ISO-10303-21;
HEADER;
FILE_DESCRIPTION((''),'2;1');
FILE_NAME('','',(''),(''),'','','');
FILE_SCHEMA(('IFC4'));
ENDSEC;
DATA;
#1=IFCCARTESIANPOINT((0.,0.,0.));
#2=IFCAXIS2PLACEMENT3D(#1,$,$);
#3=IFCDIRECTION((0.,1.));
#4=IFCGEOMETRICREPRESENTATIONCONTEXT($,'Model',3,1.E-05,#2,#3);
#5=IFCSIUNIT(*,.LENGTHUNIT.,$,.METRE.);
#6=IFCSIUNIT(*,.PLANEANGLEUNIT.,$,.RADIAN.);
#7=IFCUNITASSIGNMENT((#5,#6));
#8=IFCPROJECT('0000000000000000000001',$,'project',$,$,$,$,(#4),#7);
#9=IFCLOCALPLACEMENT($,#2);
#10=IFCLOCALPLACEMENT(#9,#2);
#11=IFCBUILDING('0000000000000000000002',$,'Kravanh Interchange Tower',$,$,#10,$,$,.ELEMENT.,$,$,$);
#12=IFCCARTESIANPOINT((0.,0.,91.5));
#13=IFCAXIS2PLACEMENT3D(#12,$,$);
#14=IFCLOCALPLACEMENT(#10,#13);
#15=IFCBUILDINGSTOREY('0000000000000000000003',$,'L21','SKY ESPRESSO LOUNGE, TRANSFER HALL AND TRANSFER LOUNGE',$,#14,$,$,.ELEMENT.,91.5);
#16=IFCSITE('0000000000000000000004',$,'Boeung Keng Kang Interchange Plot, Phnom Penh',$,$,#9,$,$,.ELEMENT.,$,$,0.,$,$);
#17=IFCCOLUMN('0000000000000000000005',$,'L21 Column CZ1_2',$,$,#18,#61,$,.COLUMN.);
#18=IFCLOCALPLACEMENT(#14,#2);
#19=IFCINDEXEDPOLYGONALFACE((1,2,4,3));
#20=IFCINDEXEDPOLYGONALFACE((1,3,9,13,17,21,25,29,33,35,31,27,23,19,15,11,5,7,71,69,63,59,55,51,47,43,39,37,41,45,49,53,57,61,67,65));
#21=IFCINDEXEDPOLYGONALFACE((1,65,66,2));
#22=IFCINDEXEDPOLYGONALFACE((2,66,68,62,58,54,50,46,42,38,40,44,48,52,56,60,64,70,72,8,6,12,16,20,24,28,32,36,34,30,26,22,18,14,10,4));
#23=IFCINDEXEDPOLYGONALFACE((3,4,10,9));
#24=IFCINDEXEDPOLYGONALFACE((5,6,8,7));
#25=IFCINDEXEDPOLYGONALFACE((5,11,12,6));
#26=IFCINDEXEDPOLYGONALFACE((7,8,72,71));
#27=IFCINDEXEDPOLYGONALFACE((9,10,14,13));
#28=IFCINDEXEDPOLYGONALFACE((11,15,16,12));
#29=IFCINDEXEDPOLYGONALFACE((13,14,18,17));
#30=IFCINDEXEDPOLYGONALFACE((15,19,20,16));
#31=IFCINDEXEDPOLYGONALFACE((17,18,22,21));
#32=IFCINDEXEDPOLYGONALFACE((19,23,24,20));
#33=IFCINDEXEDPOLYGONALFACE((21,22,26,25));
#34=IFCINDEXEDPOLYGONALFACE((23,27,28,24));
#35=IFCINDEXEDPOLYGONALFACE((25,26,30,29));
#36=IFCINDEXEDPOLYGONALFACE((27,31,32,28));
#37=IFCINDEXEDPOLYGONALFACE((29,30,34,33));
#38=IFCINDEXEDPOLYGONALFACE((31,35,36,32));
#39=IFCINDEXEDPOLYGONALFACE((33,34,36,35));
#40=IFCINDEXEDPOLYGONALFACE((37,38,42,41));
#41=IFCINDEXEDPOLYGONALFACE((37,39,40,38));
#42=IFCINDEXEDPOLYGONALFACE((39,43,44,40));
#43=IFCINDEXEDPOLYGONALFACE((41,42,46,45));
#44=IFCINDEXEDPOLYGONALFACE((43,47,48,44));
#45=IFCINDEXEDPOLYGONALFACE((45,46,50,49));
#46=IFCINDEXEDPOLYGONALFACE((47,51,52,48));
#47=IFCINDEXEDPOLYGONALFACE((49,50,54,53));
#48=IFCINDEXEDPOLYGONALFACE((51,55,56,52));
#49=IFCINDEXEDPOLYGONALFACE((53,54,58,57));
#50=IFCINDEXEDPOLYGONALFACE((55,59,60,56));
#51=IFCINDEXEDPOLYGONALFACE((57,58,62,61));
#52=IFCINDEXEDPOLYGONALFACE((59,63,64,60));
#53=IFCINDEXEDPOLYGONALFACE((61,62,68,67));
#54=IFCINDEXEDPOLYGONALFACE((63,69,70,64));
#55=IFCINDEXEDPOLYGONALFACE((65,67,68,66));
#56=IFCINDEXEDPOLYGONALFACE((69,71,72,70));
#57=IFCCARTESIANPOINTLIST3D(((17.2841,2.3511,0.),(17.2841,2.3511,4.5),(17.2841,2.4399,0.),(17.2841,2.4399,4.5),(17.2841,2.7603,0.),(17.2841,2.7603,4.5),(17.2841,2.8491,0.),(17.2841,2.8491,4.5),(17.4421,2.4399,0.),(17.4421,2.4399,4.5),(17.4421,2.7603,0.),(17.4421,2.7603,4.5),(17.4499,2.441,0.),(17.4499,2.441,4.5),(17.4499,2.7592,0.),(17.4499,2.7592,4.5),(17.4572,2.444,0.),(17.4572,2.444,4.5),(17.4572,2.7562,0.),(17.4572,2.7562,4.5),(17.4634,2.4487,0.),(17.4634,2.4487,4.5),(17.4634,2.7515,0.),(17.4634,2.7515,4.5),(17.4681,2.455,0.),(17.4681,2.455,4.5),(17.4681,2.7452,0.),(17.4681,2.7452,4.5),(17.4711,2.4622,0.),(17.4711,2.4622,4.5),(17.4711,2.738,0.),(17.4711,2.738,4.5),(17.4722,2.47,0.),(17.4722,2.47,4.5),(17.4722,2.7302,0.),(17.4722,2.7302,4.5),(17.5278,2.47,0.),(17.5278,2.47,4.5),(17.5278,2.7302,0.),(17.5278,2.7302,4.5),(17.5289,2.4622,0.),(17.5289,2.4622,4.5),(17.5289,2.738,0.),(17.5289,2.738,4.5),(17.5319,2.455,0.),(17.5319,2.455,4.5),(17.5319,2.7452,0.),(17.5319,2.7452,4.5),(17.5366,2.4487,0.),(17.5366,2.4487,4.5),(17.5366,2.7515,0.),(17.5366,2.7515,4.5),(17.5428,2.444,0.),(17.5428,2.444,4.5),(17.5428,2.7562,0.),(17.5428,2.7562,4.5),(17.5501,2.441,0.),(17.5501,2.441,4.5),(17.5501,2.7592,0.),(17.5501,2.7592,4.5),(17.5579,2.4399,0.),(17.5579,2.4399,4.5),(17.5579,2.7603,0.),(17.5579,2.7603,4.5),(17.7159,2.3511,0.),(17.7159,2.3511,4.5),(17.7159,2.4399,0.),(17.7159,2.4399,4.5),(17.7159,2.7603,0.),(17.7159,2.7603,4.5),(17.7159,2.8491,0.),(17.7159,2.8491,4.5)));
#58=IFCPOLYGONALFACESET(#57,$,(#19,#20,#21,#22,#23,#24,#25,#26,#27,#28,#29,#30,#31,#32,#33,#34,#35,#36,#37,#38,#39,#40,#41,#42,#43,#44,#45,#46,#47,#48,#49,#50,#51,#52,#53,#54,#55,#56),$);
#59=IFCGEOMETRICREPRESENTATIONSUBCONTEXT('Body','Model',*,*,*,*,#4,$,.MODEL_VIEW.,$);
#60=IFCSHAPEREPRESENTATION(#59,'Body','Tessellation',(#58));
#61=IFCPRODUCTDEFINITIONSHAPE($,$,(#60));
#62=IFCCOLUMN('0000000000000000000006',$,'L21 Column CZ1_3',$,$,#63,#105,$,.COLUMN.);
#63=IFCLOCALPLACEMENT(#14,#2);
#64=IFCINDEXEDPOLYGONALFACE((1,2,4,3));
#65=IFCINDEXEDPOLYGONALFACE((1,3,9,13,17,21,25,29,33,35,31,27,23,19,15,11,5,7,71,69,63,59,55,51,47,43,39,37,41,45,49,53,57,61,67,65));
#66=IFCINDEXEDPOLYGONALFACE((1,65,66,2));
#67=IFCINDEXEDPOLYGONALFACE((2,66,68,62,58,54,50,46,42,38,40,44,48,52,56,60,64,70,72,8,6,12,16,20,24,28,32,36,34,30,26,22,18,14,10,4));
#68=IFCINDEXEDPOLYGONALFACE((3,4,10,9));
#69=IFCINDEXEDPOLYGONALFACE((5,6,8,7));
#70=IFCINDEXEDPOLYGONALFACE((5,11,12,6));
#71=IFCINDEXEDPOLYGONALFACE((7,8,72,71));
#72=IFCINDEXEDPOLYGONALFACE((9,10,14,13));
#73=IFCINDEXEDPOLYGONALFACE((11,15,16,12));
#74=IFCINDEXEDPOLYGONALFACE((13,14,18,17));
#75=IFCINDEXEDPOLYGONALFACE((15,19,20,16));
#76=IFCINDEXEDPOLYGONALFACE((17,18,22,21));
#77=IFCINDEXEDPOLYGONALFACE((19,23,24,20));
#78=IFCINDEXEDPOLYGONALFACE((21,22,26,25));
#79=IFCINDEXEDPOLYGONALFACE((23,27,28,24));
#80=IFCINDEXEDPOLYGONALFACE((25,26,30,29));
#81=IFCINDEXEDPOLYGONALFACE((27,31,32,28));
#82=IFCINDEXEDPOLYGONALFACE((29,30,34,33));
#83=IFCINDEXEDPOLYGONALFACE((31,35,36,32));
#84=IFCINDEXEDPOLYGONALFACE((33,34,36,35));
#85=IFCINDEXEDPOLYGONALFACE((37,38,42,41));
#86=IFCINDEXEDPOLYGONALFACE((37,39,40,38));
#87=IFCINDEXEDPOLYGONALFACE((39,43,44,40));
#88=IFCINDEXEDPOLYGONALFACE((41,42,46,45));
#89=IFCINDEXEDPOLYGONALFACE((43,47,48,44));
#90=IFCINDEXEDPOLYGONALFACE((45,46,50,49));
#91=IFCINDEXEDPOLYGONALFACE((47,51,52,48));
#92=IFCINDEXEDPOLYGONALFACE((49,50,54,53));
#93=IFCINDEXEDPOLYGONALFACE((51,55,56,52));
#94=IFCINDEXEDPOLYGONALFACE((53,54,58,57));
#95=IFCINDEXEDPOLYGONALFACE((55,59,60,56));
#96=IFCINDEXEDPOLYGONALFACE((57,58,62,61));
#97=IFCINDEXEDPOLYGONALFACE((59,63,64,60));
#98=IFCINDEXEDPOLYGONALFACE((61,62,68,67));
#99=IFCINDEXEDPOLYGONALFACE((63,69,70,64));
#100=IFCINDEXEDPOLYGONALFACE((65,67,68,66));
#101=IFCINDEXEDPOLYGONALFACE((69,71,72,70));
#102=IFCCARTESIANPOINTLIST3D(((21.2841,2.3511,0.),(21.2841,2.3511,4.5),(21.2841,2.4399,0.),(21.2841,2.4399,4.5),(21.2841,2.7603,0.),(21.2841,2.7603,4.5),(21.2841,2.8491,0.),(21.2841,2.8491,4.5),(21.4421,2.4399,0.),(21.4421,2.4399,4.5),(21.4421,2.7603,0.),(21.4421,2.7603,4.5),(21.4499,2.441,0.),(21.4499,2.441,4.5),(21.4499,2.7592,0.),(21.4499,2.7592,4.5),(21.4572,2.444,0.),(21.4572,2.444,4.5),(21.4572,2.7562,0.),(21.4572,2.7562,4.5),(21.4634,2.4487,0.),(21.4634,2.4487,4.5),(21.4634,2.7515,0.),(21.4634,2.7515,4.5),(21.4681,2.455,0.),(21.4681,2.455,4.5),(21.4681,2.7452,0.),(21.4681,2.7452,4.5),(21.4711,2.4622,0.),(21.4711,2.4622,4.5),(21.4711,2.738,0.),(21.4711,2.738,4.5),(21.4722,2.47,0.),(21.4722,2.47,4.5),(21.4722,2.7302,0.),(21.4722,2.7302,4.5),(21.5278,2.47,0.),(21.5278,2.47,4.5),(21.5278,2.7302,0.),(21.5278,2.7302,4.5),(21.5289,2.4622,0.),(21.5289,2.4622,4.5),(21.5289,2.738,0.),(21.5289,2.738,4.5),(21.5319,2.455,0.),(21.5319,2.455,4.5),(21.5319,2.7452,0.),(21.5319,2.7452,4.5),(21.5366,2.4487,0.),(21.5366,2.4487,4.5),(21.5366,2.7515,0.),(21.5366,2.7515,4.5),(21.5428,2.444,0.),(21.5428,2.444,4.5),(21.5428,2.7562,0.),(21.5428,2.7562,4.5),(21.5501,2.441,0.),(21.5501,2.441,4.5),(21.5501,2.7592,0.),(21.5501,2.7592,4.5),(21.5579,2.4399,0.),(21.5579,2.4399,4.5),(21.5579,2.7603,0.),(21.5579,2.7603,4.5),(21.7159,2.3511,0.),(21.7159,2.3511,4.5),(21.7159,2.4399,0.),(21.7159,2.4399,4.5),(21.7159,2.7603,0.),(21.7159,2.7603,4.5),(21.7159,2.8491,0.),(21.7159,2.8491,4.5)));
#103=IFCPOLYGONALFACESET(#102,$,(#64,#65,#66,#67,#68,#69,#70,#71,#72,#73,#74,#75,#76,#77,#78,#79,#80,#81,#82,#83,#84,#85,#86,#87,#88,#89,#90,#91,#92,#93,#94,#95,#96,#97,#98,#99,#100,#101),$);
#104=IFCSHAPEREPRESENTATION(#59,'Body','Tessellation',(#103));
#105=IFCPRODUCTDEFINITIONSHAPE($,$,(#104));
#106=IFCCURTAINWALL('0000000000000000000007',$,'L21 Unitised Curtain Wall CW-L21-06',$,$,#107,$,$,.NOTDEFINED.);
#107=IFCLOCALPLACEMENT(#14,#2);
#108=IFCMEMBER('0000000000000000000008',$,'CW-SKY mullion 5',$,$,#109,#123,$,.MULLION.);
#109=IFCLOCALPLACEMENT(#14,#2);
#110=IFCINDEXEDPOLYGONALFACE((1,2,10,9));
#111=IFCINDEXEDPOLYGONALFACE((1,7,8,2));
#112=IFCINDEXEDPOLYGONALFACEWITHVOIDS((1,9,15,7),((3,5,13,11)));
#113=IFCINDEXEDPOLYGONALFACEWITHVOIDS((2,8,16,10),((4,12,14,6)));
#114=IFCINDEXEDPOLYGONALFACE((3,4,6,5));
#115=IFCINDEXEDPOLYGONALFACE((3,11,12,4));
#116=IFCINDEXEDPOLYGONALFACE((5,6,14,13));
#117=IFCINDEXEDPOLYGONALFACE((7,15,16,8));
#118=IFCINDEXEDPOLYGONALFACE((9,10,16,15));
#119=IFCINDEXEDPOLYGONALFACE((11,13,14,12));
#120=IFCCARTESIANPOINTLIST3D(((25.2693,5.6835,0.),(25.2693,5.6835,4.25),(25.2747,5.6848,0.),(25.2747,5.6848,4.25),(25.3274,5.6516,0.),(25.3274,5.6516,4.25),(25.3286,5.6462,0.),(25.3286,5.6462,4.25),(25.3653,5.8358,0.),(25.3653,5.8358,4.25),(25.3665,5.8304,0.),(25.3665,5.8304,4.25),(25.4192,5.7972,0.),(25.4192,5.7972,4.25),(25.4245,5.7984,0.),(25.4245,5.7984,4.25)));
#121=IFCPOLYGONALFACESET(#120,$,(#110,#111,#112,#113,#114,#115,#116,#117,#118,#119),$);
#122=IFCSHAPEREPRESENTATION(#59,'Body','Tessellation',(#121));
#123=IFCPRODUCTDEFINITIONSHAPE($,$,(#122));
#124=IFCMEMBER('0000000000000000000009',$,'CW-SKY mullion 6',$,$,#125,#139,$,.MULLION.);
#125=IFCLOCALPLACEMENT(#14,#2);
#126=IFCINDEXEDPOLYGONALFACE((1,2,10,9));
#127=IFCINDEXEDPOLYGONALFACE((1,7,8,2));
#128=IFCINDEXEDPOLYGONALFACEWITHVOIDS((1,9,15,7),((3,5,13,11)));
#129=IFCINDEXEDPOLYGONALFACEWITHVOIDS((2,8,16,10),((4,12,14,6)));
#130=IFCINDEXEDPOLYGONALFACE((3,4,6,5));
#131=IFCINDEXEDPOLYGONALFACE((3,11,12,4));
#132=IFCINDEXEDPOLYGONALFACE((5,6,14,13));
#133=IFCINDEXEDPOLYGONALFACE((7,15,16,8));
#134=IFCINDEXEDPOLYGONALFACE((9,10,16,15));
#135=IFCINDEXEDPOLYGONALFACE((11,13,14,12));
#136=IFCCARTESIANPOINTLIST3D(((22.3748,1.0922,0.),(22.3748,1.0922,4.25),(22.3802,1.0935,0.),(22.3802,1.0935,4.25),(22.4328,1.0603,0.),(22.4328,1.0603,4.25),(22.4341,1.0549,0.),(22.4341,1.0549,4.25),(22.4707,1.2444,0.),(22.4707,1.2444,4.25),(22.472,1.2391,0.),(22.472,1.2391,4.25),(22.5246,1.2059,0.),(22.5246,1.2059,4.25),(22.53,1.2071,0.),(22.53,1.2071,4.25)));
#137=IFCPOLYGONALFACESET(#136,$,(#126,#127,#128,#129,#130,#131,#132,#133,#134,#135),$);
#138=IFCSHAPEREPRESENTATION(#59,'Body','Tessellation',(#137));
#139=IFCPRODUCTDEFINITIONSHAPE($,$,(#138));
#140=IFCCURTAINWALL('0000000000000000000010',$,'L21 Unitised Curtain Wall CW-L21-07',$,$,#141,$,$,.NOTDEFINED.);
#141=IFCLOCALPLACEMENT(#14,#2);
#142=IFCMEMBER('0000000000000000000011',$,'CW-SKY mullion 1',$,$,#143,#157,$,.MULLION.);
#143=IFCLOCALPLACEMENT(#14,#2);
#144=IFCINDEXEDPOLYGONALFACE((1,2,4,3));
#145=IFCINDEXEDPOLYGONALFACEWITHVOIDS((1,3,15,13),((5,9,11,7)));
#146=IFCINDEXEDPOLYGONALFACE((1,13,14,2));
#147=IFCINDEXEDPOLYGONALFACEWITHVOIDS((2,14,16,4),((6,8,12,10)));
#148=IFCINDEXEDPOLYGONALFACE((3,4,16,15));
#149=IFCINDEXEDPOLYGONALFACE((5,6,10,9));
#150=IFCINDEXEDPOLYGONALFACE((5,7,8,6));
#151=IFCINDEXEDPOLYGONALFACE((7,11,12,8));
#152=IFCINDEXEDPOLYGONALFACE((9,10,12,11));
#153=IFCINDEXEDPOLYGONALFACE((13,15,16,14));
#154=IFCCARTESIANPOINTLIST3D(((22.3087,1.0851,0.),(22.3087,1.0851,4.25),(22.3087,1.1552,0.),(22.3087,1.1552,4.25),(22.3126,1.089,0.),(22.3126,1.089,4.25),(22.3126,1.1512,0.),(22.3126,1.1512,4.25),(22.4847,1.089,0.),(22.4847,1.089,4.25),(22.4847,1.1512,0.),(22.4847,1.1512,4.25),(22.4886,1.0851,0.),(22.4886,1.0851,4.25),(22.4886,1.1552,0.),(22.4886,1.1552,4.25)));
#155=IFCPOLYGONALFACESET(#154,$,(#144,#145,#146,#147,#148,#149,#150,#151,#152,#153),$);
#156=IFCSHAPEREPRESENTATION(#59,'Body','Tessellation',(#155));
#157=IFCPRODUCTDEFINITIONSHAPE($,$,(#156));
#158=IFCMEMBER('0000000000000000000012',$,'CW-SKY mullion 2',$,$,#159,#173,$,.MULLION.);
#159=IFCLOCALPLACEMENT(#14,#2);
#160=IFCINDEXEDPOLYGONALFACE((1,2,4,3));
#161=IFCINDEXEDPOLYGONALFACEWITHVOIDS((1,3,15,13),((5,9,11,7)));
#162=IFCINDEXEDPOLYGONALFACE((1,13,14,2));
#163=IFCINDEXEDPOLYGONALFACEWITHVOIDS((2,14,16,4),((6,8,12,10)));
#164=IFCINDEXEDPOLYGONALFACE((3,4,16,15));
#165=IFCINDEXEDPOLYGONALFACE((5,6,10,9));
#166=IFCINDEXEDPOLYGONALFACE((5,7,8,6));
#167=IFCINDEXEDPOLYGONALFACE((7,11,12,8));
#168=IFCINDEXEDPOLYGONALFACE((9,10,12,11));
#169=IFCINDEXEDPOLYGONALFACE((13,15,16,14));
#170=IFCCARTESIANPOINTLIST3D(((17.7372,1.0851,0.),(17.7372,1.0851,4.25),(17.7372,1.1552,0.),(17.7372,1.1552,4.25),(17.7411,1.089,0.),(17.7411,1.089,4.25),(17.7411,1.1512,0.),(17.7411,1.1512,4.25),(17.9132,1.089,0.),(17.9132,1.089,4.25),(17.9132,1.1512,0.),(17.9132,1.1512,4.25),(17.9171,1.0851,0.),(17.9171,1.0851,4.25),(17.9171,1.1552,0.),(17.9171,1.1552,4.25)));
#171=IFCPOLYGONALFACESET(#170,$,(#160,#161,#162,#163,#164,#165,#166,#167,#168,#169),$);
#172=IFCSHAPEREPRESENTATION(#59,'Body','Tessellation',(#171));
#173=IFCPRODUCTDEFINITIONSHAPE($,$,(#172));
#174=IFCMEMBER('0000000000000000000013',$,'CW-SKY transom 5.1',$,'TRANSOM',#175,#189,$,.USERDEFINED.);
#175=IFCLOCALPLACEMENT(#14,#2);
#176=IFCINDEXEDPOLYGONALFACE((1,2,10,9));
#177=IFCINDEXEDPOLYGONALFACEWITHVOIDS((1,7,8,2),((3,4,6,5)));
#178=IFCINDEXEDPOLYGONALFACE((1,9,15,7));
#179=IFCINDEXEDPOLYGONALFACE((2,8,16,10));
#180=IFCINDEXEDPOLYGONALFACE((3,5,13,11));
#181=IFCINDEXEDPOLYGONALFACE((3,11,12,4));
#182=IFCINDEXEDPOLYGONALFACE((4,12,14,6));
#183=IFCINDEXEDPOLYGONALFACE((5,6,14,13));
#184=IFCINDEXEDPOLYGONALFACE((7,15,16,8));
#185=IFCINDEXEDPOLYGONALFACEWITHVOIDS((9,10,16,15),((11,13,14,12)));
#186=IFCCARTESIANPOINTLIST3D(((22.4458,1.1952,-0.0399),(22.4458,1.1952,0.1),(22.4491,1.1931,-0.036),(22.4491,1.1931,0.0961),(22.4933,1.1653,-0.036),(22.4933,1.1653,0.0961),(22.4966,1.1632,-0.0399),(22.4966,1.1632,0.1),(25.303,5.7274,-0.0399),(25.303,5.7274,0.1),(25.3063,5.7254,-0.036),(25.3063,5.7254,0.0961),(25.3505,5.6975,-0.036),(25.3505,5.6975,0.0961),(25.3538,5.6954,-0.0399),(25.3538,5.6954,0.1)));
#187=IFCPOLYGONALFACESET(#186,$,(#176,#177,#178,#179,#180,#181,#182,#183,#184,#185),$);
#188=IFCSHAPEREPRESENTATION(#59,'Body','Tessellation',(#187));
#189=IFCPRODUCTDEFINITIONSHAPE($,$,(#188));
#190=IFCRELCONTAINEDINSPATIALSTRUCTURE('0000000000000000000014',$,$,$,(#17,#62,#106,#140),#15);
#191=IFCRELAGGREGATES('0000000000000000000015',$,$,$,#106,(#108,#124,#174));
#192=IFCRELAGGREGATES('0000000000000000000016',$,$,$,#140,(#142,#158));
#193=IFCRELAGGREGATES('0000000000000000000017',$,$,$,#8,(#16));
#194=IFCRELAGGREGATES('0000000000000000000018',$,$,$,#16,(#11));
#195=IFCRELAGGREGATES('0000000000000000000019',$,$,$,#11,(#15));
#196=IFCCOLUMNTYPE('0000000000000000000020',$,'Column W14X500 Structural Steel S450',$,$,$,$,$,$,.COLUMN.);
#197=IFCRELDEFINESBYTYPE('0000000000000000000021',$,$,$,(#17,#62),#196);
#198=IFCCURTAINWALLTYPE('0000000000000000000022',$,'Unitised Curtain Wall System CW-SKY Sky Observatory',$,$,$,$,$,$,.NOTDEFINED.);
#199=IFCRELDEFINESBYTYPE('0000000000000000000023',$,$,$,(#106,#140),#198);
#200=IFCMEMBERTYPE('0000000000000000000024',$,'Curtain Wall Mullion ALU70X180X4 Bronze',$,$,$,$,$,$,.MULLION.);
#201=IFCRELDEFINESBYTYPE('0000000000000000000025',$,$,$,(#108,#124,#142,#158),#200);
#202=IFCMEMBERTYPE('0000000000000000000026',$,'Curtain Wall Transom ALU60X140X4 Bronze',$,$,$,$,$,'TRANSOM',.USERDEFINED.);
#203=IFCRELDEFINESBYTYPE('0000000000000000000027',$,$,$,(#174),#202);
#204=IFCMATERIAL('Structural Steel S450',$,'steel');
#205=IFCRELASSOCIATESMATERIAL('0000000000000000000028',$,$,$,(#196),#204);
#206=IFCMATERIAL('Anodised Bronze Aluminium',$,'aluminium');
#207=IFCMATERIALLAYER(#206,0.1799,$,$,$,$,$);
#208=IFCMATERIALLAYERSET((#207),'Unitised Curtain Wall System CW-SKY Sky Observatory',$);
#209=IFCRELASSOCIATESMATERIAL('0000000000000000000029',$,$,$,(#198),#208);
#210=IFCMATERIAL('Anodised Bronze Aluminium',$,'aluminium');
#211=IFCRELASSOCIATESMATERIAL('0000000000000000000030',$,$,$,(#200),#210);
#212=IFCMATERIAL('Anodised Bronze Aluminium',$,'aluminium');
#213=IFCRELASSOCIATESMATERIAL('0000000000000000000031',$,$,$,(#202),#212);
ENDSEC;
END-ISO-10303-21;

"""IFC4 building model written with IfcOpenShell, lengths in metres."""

from ifc_helpers import new_model, si_unit, direction, frame, origin, origin_2d, place, context, subcontext, project, spatial, hollow_rectangle, i_section, extrude, material, layer, layer_set, material_profile, profile_set, type_object, element, aggregate, save


model = new_model("IFC4")

# Units and contexts
model_context = context("Model", 3, precision=1e-05, world=origin(), true_north=direction((0.0, 1.0)))
body_context = subcontext(model_context, "Body", "Model", "MODEL_VIEW")
ifc_project = project(units=[si_unit("LENGTHUNIT", "METRE"), si_unit("PLANEANGLEUNIT", "RADIAN")], contexts=[model_context])

# Site, building, storey
site_placement = place(None, origin())
site = spatial("IfcSite", under=ifc_project, at=site_placement, Name="Boeung Keng Kang Interchange Plot, Phnom Penh", CompositionType="ELEMENT", RefElevation=0.0)
building_placement = place(site_placement, origin())
building = spatial("IfcBuilding", under=site, at=building_placement, Name="Kravanh Interchange Tower", CompositionType="ELEMENT")
storey_placement = place(building_placement, frame((0.0, 0.0, 91.5)))
storey = spatial("IfcBuildingStorey", under=building, at=storey_placement, Name="L21", Description="SKY ESPRESSO LOUNGE, TRANSFER HALL AND TRANSFER LOUNGE", CompositionType="ELEMENT", Elevation=91.5)

# Columns
ifc_material_1 = material(Name="Structural Steel S450", Category="steel")
ifc_material_profile_1 = material_profile(ifc_material_1, i_section(OverallWidth=0.4319, OverallDepth=0.498, WebThickness=0.0557, FlangeThickness=0.0889, FilletRadius=0.03, at=origin_2d()), Name="W14X500")
ifc_profile_set_1 = profile_set([ifc_material_profile_1], Name="Structural Steel S450")
column_type = type_object("IfcColumnType", Name="Column W14X500 Structural Steel S450", PredefinedType="COLUMN", material=ifc_profile_set_1)
for number, where, z_axis, x_axis, name in (
    (1, (17.5, 2.6001, 0.0), (0.0, 0.0, 1.0), (1.0, 0.0, 0.0), "L21 Column CZ1_2"),
    (2, (21.5, 2.6001, 0.0), (0.0, 0.0, 1.0), (1.0, 0.0, 0.0), "L21 Column CZ1_3"),
):
    element("IfcColumn", number, at=place(storey_placement, frame(where, z_axis=z_axis, x_axis=x_axis)), inside=storey, type_object=column_type, Name=name, PredefinedType="COLUMN", context=body_context, shape_type="SweptSolid", body=[
        extrude(i_section(OverallWidth=0.4319, OverallDepth=0.498, WebThickness=0.0557, FlangeThickness=0.0889, FilletRadius=0.03, at=origin_2d()), origin(), (0.0, 0.0, 1.0), 4.5),
    ])

# Curtain walls, members
ifc_material_2 = material(Name="Anodised Bronze Aluminium", Category="aluminium")
ifc_layer_1 = layer(ifc_material_2, 0.1799)
ifc_layer_set_1 = layer_set([ifc_layer_1], Name="Unitised Curtain Wall System CW-SKY Sky Observatory")
curtain_wall_type = type_object("IfcCurtainWallType", Name="Unitised Curtain Wall System CW-SKY Sky Observatory", PredefinedType="NOTDEFINED", material=ifc_layer_set_1)
curtain_wall_1_placement = place(storey_placement, origin())
curtain_wall_1 = element("IfcCurtainWall", 3, at=curtain_wall_1_placement, inside=storey, type_object=curtain_wall_type, Name="L21 Unitised Curtain Wall CW-L21-06", PredefinedType="NOTDEFINED")
ifc_material_3 = material(Name="Anodised Bronze Aluminium", Category="aluminium")
ifc_material_profile_2 = material_profile(ifc_material_3, hollow_rectangle(XDim=0.0701, YDim=0.1799, WallThickness=0.0039, at=origin_2d()), Name="ALU70X180X4")
ifc_profile_set_2 = profile_set([ifc_material_profile_2], Name="Anodised Bronze Aluminium")
member_type_1 = type_object("IfcMemberType", Name="Curtain Wall Mullion ALU70X180X4 Bronze", PredefinedType="MULLION", material=ifc_profile_set_2)
member_1_placement = place(storey_placement, frame((25.3469, 5.741, 0.0), z_axis=(0.0, 0.0, 1.0), x_axis=(0.845926, -0.533301, 0.0)))
member_1 = element("IfcMember", 4, at=member_1_placement, type_object=member_type_1, Name="CW-SKY mullion 5", PredefinedType="MULLION", context=body_context, shape_type="SweptSolid", body=[
    extrude(hollow_rectangle(XDim=0.0701, YDim=0.1799, WallThickness=0.0039, at=origin_2d()), origin(), (0.0, 0.0, 1.0), 4.25),
])
member_2_placement = place(storey_placement, frame((22.4524, 1.1497, 0.0), z_axis=(0.0, 0.0, 1.0), x_axis=(0.845926, -0.533301, 0.0)))
member_2 = element("IfcMember", 5, at=member_2_placement, type_object=member_type_1, Name="CW-SKY mullion 6", PredefinedType="MULLION", context=body_context, shape_type="SweptSolid", body=[
    extrude(hollow_rectangle(XDim=0.0701, YDim=0.1799, WallThickness=0.0039, at=origin_2d()), origin(), (0.0, 0.0, 1.0), 4.25),
])
curtain_wall_2_placement = place(storey_placement, origin())
curtain_wall_2 = element("IfcCurtainWall", 6, at=curtain_wall_2_placement, inside=storey, type_object=curtain_wall_type, Name="L21 Unitised Curtain Wall CW-L21-07", PredefinedType="NOTDEFINED")
member_3_placement = place(storey_placement, frame((22.3987, 1.1201, 0.0), z_axis=(0.0, 0.0, 1.0), x_axis=(0.0, -1.0, 0.0)))
member_3 = element("IfcMember", 7, at=member_3_placement, type_object=member_type_1, Name="CW-SKY mullion 1", PredefinedType="MULLION", context=body_context, shape_type="SweptSolid", body=[
    extrude(hollow_rectangle(XDim=0.0701, YDim=0.1799, WallThickness=0.0039, at=origin_2d()), origin(), (0.0, 0.0, 1.0), 4.25),
])
member_4_placement = place(storey_placement, frame((17.8271, 1.1201, 0.0), z_axis=(0.0, 0.0, 1.0), x_axis=(0.0, -1.0, 0.0)))
member_4 = element("IfcMember", 8, at=member_4_placement, type_object=member_type_1, Name="CW-SKY mullion 2", PredefinedType="MULLION", context=body_context, shape_type="SweptSolid", body=[
    extrude(hollow_rectangle(XDim=0.0701, YDim=0.1799, WallThickness=0.0039, at=origin_2d()), origin(), (0.0, 0.0, 1.0), 4.25),
])

# Member
ifc_material_4 = material(Name="Anodised Bronze Aluminium", Category="aluminium")
ifc_material_profile_3 = material_profile(ifc_material_4, hollow_rectangle(XDim=0.0601, YDim=0.1399, WallThickness=0.0039, at=origin_2d()), Name="ALU60X140X4")
ifc_profile_set_3 = profile_set([ifc_material_profile_3], Name="Anodised Bronze Aluminium")
member_type_2 = type_object("IfcMemberType", Name="Curtain Wall Transom ALU60X140X4 Bronze", ElementType="TRANSOM", PredefinedType="USERDEFINED", material=ifc_profile_set_3)
member_5_placement = place(storey_placement, frame((25.3284, 5.7114, 0.03), z_axis=(-0.533288, -0.845934, 0.0), x_axis=(0.845934, -0.533288, 0.0)))
member_5 = element("IfcMember", 9, at=member_5_placement, type_object=member_type_2, Name="CW-SKY transom 5.1", ObjectType="TRANSOM", PredefinedType="USERDEFINED", context=body_context, shape_type="SweptSolid", body=[
    extrude(hollow_rectangle(XDim=0.0601, YDim=0.1399, WallThickness=0.0039, at=origin_2d()), origin(), (0.0, 0.0, 1.0), 5.3577),
])

aggregate(curtain_wall_1, [member_1, member_2, member_5])
aggregate(curtain_wall_2, [member_3, member_4])

save(model, "model.ifc")
